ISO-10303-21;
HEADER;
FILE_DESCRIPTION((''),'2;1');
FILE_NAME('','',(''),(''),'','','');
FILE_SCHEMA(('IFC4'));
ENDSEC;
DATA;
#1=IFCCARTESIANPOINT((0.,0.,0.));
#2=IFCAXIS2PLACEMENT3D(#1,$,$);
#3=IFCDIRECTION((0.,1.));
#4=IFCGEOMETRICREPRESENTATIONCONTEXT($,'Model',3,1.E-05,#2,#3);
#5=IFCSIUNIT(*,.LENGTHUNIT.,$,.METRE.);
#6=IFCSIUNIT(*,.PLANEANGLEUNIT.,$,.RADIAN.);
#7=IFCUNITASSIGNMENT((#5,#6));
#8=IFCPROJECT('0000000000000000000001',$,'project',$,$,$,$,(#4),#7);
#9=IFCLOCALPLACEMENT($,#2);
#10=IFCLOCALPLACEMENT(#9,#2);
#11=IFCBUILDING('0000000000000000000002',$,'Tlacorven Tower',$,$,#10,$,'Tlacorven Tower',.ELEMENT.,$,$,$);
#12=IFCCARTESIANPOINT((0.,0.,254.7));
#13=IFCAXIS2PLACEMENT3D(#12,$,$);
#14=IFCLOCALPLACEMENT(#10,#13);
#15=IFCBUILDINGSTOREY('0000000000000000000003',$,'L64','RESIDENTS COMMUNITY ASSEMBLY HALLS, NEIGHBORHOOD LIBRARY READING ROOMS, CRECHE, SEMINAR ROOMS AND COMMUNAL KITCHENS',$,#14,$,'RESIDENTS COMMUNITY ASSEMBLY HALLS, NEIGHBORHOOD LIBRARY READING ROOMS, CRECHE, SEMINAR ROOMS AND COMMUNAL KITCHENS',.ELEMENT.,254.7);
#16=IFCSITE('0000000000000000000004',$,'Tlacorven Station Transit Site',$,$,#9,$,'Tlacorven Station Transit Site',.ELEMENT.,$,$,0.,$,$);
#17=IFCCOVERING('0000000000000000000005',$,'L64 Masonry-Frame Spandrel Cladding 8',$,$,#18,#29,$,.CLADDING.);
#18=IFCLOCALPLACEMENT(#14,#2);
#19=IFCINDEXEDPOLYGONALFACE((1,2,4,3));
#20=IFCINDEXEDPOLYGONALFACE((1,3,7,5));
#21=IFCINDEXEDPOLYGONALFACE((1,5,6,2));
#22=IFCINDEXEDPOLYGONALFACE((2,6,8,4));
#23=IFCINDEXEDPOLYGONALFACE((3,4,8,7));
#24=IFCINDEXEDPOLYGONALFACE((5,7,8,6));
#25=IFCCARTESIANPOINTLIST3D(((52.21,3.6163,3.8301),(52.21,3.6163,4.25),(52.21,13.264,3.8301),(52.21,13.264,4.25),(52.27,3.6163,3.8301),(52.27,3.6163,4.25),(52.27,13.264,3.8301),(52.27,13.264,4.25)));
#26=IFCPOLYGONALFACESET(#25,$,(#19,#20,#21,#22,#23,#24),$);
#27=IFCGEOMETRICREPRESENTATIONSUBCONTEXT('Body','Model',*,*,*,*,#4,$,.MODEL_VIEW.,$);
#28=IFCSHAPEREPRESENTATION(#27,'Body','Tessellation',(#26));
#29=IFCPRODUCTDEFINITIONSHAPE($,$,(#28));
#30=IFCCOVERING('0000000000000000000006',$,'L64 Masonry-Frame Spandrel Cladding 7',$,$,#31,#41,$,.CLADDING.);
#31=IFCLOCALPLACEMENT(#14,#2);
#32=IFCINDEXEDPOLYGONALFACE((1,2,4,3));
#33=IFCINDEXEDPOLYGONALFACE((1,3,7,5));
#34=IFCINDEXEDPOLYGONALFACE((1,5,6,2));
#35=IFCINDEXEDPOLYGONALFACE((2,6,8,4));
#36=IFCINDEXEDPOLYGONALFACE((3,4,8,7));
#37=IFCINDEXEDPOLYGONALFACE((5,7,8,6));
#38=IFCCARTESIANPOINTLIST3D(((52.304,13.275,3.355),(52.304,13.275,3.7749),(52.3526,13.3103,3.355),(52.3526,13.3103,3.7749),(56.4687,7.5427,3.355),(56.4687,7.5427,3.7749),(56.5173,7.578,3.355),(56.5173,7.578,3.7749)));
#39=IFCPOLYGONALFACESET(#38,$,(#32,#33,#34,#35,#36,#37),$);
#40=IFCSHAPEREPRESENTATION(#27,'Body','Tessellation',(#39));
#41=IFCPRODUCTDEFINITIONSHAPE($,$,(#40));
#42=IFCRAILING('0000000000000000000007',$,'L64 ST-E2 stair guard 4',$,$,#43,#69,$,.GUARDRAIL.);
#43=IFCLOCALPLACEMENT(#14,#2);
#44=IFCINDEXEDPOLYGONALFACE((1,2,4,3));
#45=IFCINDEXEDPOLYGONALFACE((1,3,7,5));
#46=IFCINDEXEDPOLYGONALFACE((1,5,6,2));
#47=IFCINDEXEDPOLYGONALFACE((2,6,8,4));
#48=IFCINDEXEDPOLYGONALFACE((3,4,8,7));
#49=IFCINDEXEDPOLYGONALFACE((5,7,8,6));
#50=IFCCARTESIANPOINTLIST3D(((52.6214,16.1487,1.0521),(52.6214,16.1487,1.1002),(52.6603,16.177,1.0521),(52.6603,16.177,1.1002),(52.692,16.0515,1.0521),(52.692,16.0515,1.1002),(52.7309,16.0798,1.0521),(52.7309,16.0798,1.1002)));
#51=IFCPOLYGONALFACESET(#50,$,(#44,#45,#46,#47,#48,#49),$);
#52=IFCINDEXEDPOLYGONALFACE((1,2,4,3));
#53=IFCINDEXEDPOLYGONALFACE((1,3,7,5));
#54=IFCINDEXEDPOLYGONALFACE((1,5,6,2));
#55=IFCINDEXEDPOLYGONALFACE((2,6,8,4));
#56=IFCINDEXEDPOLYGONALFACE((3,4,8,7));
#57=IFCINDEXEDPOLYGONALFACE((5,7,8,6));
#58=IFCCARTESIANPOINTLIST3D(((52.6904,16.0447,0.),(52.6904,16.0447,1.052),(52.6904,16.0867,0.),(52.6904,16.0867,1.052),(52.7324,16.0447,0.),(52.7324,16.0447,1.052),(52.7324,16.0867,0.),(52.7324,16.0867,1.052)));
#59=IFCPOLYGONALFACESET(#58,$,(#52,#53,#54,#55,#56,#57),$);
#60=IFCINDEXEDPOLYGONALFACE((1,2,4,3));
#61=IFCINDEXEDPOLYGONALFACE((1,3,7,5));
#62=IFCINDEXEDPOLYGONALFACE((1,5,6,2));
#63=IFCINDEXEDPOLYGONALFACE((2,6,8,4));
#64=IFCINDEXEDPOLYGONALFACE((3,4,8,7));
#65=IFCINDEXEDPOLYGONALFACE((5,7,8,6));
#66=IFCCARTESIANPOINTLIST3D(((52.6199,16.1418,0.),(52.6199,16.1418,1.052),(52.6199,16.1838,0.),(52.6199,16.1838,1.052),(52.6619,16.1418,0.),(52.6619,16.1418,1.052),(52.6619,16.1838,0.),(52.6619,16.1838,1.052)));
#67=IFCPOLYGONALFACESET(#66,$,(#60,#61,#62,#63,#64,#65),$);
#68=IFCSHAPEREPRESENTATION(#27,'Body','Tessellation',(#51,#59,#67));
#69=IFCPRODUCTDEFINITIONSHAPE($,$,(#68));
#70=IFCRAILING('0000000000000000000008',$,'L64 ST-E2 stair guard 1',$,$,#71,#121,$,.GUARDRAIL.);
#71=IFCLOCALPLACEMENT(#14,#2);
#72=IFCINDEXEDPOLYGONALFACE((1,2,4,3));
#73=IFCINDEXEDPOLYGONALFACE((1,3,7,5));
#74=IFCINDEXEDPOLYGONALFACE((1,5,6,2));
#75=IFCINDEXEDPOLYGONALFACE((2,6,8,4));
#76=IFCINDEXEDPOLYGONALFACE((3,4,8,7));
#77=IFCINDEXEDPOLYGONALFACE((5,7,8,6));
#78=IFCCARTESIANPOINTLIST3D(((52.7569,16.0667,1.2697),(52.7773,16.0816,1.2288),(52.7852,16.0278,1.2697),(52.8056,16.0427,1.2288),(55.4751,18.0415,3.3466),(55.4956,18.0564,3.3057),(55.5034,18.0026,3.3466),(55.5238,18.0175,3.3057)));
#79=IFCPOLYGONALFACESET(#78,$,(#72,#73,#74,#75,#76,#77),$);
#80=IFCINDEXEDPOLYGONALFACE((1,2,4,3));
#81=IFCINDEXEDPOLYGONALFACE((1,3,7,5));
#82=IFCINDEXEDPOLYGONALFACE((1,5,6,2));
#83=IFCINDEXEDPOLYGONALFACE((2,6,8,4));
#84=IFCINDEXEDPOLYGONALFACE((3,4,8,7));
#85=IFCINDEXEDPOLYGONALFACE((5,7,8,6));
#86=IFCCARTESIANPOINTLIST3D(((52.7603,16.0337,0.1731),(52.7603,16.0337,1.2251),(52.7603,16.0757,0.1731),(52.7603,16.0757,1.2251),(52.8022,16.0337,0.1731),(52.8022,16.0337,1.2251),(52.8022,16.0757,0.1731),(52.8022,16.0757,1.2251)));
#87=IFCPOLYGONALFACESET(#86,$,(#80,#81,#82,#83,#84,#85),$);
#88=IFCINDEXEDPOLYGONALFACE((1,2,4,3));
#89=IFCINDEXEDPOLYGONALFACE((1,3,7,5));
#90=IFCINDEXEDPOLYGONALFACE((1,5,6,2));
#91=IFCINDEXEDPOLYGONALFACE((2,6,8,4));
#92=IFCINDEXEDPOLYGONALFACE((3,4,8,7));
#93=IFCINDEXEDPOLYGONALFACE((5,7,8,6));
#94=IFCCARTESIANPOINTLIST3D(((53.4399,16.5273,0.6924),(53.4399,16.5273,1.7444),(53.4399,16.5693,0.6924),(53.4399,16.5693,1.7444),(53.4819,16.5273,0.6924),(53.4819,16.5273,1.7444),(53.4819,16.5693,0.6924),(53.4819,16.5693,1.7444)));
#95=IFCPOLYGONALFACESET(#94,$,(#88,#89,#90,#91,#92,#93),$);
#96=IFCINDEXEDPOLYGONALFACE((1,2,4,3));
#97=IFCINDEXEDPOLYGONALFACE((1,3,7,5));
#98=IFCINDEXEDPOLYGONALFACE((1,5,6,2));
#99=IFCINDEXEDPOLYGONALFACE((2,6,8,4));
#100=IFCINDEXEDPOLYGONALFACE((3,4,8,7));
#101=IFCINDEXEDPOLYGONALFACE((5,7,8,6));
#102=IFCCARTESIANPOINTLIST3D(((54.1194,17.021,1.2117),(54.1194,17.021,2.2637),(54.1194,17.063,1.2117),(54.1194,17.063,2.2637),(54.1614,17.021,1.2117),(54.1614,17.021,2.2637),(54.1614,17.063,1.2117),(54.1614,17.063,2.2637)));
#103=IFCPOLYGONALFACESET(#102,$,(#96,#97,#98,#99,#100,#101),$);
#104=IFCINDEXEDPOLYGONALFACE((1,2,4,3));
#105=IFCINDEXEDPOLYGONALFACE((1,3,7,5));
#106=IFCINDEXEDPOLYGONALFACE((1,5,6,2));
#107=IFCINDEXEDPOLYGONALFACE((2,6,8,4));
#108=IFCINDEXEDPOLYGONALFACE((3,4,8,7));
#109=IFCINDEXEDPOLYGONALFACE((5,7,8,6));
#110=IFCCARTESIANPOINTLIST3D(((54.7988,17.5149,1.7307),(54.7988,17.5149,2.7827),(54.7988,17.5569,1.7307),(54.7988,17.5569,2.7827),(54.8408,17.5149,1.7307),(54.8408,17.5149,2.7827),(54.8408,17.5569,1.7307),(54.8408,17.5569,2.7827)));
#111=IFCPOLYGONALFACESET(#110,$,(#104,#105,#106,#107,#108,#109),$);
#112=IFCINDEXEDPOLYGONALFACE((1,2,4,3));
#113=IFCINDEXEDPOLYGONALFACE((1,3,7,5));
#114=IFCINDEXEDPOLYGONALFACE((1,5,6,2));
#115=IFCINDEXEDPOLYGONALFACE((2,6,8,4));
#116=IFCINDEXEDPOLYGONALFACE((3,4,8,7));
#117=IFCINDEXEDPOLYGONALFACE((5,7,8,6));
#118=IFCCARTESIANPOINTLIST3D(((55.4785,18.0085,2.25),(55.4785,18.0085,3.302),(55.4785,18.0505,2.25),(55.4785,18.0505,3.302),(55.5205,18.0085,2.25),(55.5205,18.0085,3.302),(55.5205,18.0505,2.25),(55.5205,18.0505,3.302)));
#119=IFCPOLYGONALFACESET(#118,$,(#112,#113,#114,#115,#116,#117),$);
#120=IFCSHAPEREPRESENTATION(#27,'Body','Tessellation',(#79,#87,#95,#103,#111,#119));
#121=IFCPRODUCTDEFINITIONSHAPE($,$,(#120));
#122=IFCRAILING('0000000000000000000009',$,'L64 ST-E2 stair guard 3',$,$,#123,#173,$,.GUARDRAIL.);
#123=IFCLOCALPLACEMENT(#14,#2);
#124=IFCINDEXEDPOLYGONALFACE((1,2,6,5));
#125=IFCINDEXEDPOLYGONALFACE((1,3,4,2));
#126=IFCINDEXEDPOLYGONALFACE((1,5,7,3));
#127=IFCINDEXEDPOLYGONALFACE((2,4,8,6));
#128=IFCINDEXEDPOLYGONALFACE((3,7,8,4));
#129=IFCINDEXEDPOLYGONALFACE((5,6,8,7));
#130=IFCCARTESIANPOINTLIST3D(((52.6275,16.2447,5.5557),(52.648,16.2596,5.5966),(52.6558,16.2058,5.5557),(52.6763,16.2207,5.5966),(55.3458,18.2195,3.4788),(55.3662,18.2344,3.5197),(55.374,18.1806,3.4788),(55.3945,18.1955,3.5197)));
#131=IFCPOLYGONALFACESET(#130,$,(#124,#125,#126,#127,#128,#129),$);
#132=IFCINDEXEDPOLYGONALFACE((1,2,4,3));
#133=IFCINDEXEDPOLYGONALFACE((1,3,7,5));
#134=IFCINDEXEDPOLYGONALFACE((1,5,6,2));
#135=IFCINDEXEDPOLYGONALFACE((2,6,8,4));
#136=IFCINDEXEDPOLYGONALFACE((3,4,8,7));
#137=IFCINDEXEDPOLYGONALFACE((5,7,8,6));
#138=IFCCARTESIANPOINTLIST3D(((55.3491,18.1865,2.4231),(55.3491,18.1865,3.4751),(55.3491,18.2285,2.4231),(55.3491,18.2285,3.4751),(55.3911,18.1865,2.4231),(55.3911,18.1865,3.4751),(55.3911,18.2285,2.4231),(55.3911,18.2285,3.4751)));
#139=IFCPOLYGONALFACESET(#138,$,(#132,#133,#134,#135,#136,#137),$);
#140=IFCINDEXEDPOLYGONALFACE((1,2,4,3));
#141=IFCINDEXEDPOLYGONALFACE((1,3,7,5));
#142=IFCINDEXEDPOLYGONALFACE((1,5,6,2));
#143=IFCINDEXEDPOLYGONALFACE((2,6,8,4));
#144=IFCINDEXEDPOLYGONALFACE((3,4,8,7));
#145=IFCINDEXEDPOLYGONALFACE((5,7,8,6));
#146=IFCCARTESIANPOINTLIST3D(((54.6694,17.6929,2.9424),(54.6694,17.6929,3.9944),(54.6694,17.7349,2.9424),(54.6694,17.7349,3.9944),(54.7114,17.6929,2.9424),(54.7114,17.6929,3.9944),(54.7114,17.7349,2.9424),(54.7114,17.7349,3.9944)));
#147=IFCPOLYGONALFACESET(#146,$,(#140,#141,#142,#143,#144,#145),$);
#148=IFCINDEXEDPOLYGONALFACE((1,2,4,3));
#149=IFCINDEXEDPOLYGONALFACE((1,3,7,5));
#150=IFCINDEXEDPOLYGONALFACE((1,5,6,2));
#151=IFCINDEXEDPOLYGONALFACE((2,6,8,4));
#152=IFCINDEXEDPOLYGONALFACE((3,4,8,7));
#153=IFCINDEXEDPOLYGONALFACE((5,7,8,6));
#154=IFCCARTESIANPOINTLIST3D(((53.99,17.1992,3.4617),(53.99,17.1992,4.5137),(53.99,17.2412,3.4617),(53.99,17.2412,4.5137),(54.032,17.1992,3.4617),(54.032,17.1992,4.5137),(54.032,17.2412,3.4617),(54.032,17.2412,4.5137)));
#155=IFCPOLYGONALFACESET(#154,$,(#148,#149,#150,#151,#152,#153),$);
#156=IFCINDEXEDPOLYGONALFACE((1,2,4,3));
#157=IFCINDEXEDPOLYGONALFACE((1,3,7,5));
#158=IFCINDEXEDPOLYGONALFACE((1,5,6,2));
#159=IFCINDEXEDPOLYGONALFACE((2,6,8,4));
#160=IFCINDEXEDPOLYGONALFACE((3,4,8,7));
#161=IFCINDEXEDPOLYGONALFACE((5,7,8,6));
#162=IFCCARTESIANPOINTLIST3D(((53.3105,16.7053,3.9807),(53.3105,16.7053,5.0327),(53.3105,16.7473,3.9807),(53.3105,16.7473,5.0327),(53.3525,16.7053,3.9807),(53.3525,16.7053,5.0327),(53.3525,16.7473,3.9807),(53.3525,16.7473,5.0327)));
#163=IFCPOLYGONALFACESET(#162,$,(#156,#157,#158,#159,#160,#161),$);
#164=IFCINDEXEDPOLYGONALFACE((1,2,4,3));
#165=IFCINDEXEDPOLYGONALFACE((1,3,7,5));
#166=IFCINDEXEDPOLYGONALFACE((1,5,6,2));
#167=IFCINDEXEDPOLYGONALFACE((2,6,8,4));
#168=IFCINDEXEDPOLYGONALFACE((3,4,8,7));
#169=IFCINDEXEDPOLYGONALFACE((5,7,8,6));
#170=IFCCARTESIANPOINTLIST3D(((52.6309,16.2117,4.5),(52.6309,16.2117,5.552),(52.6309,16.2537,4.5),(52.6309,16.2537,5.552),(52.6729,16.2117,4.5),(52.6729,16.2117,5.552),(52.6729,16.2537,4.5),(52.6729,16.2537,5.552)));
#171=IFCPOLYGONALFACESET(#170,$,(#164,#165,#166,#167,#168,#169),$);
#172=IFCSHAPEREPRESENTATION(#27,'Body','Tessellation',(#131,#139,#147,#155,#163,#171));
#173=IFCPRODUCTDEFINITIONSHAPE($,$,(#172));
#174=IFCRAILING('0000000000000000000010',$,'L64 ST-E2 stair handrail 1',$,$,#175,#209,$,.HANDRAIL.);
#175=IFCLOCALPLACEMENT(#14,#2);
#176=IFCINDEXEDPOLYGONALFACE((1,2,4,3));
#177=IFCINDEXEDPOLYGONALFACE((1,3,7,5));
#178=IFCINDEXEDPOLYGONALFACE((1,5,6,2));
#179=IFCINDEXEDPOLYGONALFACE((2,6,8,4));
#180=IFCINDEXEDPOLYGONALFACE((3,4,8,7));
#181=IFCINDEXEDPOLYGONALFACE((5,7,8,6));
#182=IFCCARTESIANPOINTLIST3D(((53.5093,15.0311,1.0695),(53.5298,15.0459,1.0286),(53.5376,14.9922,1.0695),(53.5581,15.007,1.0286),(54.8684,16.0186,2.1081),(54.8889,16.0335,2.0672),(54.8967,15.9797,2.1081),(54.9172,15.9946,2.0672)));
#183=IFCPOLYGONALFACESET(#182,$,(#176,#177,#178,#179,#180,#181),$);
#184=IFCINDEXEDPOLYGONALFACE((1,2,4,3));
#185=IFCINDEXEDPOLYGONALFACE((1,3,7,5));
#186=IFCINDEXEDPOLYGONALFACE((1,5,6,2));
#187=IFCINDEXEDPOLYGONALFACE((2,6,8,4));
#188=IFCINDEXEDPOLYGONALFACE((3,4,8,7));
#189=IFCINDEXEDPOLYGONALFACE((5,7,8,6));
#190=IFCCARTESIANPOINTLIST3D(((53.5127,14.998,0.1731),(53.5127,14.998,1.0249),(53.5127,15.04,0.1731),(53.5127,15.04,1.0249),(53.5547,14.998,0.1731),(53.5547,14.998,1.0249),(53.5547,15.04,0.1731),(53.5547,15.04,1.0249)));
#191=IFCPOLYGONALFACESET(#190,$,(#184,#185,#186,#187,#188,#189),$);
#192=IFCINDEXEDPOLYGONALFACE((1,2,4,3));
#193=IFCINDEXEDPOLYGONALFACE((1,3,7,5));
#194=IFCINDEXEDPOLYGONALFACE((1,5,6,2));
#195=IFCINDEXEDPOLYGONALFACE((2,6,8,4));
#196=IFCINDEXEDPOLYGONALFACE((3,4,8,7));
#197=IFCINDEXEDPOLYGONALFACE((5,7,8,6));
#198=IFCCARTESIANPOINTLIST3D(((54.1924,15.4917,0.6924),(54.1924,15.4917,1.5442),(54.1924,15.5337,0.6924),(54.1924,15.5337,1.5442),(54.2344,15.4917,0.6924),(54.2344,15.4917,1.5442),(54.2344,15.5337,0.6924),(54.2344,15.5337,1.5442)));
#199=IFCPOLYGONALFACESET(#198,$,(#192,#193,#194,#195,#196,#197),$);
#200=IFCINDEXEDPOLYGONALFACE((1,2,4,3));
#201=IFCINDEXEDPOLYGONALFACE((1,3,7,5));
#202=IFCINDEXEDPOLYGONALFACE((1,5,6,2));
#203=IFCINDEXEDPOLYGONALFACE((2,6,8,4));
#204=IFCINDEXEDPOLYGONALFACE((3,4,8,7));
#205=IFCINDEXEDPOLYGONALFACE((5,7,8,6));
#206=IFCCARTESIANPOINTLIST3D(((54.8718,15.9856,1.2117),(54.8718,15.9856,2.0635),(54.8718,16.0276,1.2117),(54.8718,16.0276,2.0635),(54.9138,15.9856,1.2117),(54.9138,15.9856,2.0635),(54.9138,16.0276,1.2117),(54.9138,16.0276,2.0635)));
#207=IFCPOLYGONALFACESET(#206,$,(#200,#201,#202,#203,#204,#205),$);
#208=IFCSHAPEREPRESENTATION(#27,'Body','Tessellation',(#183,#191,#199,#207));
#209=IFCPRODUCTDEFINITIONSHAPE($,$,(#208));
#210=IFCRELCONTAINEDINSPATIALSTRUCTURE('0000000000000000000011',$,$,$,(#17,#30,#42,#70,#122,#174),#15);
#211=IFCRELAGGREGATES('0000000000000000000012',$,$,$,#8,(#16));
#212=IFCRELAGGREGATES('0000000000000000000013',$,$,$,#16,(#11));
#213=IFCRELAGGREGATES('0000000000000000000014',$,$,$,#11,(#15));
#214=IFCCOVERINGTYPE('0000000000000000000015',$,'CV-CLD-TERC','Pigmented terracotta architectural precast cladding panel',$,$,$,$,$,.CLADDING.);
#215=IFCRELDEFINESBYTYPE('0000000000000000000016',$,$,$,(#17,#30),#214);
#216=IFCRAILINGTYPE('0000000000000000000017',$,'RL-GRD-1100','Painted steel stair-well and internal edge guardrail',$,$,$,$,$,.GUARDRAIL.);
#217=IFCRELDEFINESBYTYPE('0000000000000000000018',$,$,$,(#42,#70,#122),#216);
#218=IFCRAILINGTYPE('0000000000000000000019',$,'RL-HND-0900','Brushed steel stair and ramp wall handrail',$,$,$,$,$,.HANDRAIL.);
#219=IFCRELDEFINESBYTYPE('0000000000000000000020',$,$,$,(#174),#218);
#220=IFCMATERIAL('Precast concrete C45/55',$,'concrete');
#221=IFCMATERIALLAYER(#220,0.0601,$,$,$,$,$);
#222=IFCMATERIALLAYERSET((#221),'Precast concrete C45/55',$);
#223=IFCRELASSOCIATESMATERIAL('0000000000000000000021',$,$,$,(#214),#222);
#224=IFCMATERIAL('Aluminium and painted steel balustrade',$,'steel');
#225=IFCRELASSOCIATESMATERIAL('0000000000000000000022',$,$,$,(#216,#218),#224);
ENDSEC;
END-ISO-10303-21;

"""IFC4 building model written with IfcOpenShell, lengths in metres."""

from ifc_helpers import new_model, si_unit, direction, frame, origin, origin_2d, place, context, subcontext, project, spatial, rectangle, extrude, source, transform, mapped, material, layer, layer_set, type_object, element, save


model = new_model("IFC4")

# Units and contexts
model_context = context("Model", 3, precision=1e-05, world=origin(), true_north=direction((0.0, 1.0)))
body_context = subcontext(model_context, "Body", "Model", "MODEL_VIEW")
ifc_project = project(units=[si_unit("LENGTHUNIT", "METRE"), si_unit("PLANEANGLEUNIT", "RADIAN")], contexts=[model_context])

# Site, building, storey
site_placement = place(None, origin())
site = spatial("IfcSite", under=ifc_project, at=site_placement, Name="Tlacorven Station Transit Site", LongName="Tlacorven Station Transit Site", CompositionType="ELEMENT", RefElevation=0.0)
building_placement = place(site_placement, origin())
building = spatial("IfcBuilding", under=site, at=building_placement, Name="Tlacorven Tower", LongName="Tlacorven Tower", CompositionType="ELEMENT")
storey_placement = place(building_placement, frame((0.0, 0.0, 254.7)))
storey = spatial("IfcBuildingStorey", under=building, at=storey_placement, Name="L64", Description="RESIDENTS COMMUNITY ASSEMBLY HALLS, NEIGHBORHOOD LIBRARY READING ROOMS, CRECHE, SEMINAR ROOMS AND COMMUNAL KITCHENS", LongName="RESIDENTS COMMUNITY ASSEMBLY HALLS, NEIGHBORHOOD LIBRARY READING ROOMS, CRECHE, SEMINAR ROOMS AND COMMUNAL KITCHENS", CompositionType="ELEMENT", Elevation=254.7)

# Shared definitions
ifc_material_1 = material(Name="Precast concrete C45/55", Category="concrete")

# Coverings
ifc_layer_1 = layer(ifc_material_1, 0.0601)
ifc_layer_set_1 = layer_set([ifc_layer_1], Name="Precast concrete C45/55")
covering_type = type_object("IfcCoveringType", Name="CV-CLD-TERC", Description="Pigmented terracotta architectural precast cladding panel", PredefinedType="CLADDING", material=ifc_layer_set_1)
shared_shape_1 = source(origin(), body_context, "Body", "SweptSolid", [
    extrude(rectangle(XDim=9.6477, YDim=0.0601, at=origin_2d()), origin(), (0.0, 0.0, 1.0), 0.4199),
])
covering_1_placement = place(storey_placement, frame((52.24, 8.4402, 3.8301), z_axis=(0.0, 0.0, 1.0), x_axis=(0.0, -1.0, 0.0)))
element("IfcCovering", 1, at=covering_1_placement, inside=storey, type_object=covering_type, Name="L64 Masonry-Frame Spandrel Cladding 8", PredefinedType="CLADDING", context=body_context, shape_type="MappedRepresentation", body=[
    mapped(shared_shape_1, transform((0.0, 0.0, 0.0), scale=1.0)),
])
shared_shape_2 = source(origin(), body_context, "Body", "SweptSolid", [
    extrude(rectangle(XDim=7.0854, YDim=0.0601, at=origin_2d()), origin(), (0.0, 0.0, 1.0), 0.4199),
])
covering_2_placement = place(storey_placement, frame((54.4106, 10.4265, 3.355), z_axis=(0.0, 0.0, 1.0), x_axis=(-0.587786, 0.809017, 0.0)))
element("IfcCovering", 2, at=covering_2_placement, inside=storey, type_object=covering_type, Name="L64 Masonry-Frame Spandrel Cladding 7", PredefinedType="CLADDING", context=body_context, shape_type="MappedRepresentation", body=[
    mapped(shared_shape_2, transform((0.0, 0.0, 0.0), scale=1.0)),
])

# Railings
ifc_material_2 = material(Name="Aluminium and painted steel balustrade", Category="steel")
railing_type_1 = type_object("IfcRailingType", Name="RL-GRD-1100", Description="Painted steel stair-well and internal edge guardrail", PredefinedType="GUARDRAIL", material=ifc_material_2)
shared_shape_3 = source(origin(), body_context, "Body", "SweptSolid", [
    extrude(rectangle(XDim=0.0481, YDim=0.0481, at=origin_2d()), frame((0.0, 0.0, 1.0762), z_axis=(-0.587567, 0.809175, 0.0), x_axis=(-0.809175, -0.587567, 0.0)), (0.0, 0.0, 1.0), 0.1201),
    extrude(rectangle(XDim=0.042, YDim=0.042, at=origin_2d()), origin(), (0.0, 0.0, 1.0), 1.052),
    extrude(rectangle(XDim=0.042, YDim=0.042, at=origin_2d()), frame((-0.0706, 0.0972, 0.0)), (0.0, 0.0, 1.0), 1.052),
])
railing_1_placement = place(storey_placement, frame((52.7114, 16.0657, 0.0)))
element("IfcRailing", 3, at=railing_1_placement, inside=storey, type_object=railing_type_1, Name="L64 ST-E2 stair guard 4", PredefinedType="GUARDRAIL", context=body_context, shape_type="MappedRepresentation", body=[
    mapped(shared_shape_3, transform((0.0, 0.0, 0.0), scale=1.0)),
])
shared_shape_4 = source(origin(), body_context, "Body", "SweptSolid", [
    extrude(rectangle(XDim=0.0481, YDim=0.0481, at=origin_2d()), frame((0.0, 0.0, 1.0762), z_axis=(0.688167, 0.499963, 0.525798), x_axis=(-0.58777, 0.809028, 0.0)), (0.0, 0.0, 1.0), 3.95),
    extrude(rectangle(XDim=0.042, YDim=0.042, at=origin_2d()), origin(), (0.0, 0.0, 1.0), 1.052),
    extrude(rectangle(XDim=0.042, YDim=0.042, at=origin_2d()), frame((0.6797, 0.4937, 0.5193)), (0.0, 0.0, 1.0), 1.052),
    extrude(rectangle(XDim=0.042, YDim=0.042, at=origin_2d()), frame((1.3591, 0.9873, 1.0386)), (0.0, 0.0, 1.0), 1.052),
    extrude(rectangle(XDim=0.042, YDim=0.042, at=origin_2d()), frame((2.0386, 1.4812, 1.5576)), (0.0, 0.0, 1.0), 1.052),
    extrude(rectangle(XDim=0.042, YDim=0.042, at=origin_2d()), frame((2.7183, 1.9749, 2.0769)), (0.0, 0.0, 1.0), 1.052),
])
railing_2_placement = place(storey_placement, frame((52.7812, 16.0547, 0.1731)))
element("IfcRailing", 4, at=railing_2_placement, inside=storey, type_object=railing_type_1, Name="L64 ST-E2 stair guard 1", PredefinedType="GUARDRAIL", context=body_context, shape_type="MappedRepresentation", body=[
    mapped(shared_shape_4, transform((0.0, 0.0, 0.0), scale=1.0)),
])
shared_shape_5 = source(origin(), body_context, "Body", "SweptSolid", [
    extrude(rectangle(XDim=0.0481, YDim=0.0481, at=origin_2d()), frame((0.0, 0.0, 1.0762), z_axis=(-0.688167, -0.499963, 0.525798), x_axis=(0.58777, -0.809028, 0.0)), (0.0, 0.0, 1.0), 3.95),
    extrude(rectangle(XDim=0.042, YDim=0.042, at=origin_2d()), origin(), (0.0, 0.0, 1.0), 1.052),
    extrude(rectangle(XDim=0.042, YDim=0.042, at=origin_2d()), frame((-0.6797, -0.4937, 0.5193)), (0.0, 0.0, 1.0), 1.052),
    extrude(rectangle(XDim=0.042, YDim=0.042, at=origin_2d()), frame((-1.3591, -0.9873, 1.0386)), (0.0, 0.0, 1.0), 1.052),
    extrude(rectangle(XDim=0.042, YDim=0.042, at=origin_2d()), frame((-2.0386, -1.4812, 1.5576)), (0.0, 0.0, 1.0), 1.052),
    extrude(rectangle(XDim=0.042, YDim=0.042, at=origin_2d()), frame((-2.7183, -1.9749, 2.0769)), (0.0, 0.0, 1.0), 1.052),
])
railing_3_placement = place(storey_placement, frame((55.3701, 18.2075, 2.4231)))
element("IfcRailing", 5, at=railing_3_placement, inside=storey, type_object=railing_type_1, Name="L64 ST-E2 stair guard 3", PredefinedType="GUARDRAIL", context=body_context, shape_type="MappedRepresentation", body=[
    mapped(shared_shape_5, transform((0.0, 0.0, 0.0), scale=1.0)),
])
railing_type_2 = type_object("IfcRailingType", Name="RL-HND-0900", Description="Brushed steel stair and ramp wall handrail", PredefinedType="HANDRAIL", material=ifc_material_2)
shared_shape_6 = source(origin(), body_context, "Body", "SweptSolid", [
    extrude(rectangle(XDim=0.0481, YDim=0.0481, at=origin_2d()), frame((0.0, 0.0, 0.876), z_axis=(0.688123, 0.499993, 0.525827), x_axis=(-0.587817, 0.808994, 0.0)), (0.0, 0.0, 1.0), 1.9751),
    extrude(rectangle(XDim=0.042, YDim=0.042, at=origin_2d()), origin(), (0.0, 0.0, 1.0), 0.8518),
    extrude(rectangle(XDim=0.042, YDim=0.042, at=origin_2d()), frame((0.6797, 0.4937, 0.5193)), (0.0, 0.0, 1.0), 0.8518),
    extrude(rectangle(XDim=0.042, YDim=0.042, at=origin_2d()), frame((1.3591, 0.9875, 1.0386)), (0.0, 0.0, 1.0), 0.8518),
])
railing_4_placement = place(storey_placement, frame((53.5337, 15.019, 0.1731)))
element("IfcRailing", 6, at=railing_4_placement, inside=storey, type_object=railing_type_2, Name="L64 ST-E2 stair handrail 1", PredefinedType="HANDRAIL", context=body_context, shape_type="MappedRepresentation", body=[
    mapped(shared_shape_6, transform((0.0, 0.0, 0.0), scale=1.0)),
])

save(model, "model.ifc")
